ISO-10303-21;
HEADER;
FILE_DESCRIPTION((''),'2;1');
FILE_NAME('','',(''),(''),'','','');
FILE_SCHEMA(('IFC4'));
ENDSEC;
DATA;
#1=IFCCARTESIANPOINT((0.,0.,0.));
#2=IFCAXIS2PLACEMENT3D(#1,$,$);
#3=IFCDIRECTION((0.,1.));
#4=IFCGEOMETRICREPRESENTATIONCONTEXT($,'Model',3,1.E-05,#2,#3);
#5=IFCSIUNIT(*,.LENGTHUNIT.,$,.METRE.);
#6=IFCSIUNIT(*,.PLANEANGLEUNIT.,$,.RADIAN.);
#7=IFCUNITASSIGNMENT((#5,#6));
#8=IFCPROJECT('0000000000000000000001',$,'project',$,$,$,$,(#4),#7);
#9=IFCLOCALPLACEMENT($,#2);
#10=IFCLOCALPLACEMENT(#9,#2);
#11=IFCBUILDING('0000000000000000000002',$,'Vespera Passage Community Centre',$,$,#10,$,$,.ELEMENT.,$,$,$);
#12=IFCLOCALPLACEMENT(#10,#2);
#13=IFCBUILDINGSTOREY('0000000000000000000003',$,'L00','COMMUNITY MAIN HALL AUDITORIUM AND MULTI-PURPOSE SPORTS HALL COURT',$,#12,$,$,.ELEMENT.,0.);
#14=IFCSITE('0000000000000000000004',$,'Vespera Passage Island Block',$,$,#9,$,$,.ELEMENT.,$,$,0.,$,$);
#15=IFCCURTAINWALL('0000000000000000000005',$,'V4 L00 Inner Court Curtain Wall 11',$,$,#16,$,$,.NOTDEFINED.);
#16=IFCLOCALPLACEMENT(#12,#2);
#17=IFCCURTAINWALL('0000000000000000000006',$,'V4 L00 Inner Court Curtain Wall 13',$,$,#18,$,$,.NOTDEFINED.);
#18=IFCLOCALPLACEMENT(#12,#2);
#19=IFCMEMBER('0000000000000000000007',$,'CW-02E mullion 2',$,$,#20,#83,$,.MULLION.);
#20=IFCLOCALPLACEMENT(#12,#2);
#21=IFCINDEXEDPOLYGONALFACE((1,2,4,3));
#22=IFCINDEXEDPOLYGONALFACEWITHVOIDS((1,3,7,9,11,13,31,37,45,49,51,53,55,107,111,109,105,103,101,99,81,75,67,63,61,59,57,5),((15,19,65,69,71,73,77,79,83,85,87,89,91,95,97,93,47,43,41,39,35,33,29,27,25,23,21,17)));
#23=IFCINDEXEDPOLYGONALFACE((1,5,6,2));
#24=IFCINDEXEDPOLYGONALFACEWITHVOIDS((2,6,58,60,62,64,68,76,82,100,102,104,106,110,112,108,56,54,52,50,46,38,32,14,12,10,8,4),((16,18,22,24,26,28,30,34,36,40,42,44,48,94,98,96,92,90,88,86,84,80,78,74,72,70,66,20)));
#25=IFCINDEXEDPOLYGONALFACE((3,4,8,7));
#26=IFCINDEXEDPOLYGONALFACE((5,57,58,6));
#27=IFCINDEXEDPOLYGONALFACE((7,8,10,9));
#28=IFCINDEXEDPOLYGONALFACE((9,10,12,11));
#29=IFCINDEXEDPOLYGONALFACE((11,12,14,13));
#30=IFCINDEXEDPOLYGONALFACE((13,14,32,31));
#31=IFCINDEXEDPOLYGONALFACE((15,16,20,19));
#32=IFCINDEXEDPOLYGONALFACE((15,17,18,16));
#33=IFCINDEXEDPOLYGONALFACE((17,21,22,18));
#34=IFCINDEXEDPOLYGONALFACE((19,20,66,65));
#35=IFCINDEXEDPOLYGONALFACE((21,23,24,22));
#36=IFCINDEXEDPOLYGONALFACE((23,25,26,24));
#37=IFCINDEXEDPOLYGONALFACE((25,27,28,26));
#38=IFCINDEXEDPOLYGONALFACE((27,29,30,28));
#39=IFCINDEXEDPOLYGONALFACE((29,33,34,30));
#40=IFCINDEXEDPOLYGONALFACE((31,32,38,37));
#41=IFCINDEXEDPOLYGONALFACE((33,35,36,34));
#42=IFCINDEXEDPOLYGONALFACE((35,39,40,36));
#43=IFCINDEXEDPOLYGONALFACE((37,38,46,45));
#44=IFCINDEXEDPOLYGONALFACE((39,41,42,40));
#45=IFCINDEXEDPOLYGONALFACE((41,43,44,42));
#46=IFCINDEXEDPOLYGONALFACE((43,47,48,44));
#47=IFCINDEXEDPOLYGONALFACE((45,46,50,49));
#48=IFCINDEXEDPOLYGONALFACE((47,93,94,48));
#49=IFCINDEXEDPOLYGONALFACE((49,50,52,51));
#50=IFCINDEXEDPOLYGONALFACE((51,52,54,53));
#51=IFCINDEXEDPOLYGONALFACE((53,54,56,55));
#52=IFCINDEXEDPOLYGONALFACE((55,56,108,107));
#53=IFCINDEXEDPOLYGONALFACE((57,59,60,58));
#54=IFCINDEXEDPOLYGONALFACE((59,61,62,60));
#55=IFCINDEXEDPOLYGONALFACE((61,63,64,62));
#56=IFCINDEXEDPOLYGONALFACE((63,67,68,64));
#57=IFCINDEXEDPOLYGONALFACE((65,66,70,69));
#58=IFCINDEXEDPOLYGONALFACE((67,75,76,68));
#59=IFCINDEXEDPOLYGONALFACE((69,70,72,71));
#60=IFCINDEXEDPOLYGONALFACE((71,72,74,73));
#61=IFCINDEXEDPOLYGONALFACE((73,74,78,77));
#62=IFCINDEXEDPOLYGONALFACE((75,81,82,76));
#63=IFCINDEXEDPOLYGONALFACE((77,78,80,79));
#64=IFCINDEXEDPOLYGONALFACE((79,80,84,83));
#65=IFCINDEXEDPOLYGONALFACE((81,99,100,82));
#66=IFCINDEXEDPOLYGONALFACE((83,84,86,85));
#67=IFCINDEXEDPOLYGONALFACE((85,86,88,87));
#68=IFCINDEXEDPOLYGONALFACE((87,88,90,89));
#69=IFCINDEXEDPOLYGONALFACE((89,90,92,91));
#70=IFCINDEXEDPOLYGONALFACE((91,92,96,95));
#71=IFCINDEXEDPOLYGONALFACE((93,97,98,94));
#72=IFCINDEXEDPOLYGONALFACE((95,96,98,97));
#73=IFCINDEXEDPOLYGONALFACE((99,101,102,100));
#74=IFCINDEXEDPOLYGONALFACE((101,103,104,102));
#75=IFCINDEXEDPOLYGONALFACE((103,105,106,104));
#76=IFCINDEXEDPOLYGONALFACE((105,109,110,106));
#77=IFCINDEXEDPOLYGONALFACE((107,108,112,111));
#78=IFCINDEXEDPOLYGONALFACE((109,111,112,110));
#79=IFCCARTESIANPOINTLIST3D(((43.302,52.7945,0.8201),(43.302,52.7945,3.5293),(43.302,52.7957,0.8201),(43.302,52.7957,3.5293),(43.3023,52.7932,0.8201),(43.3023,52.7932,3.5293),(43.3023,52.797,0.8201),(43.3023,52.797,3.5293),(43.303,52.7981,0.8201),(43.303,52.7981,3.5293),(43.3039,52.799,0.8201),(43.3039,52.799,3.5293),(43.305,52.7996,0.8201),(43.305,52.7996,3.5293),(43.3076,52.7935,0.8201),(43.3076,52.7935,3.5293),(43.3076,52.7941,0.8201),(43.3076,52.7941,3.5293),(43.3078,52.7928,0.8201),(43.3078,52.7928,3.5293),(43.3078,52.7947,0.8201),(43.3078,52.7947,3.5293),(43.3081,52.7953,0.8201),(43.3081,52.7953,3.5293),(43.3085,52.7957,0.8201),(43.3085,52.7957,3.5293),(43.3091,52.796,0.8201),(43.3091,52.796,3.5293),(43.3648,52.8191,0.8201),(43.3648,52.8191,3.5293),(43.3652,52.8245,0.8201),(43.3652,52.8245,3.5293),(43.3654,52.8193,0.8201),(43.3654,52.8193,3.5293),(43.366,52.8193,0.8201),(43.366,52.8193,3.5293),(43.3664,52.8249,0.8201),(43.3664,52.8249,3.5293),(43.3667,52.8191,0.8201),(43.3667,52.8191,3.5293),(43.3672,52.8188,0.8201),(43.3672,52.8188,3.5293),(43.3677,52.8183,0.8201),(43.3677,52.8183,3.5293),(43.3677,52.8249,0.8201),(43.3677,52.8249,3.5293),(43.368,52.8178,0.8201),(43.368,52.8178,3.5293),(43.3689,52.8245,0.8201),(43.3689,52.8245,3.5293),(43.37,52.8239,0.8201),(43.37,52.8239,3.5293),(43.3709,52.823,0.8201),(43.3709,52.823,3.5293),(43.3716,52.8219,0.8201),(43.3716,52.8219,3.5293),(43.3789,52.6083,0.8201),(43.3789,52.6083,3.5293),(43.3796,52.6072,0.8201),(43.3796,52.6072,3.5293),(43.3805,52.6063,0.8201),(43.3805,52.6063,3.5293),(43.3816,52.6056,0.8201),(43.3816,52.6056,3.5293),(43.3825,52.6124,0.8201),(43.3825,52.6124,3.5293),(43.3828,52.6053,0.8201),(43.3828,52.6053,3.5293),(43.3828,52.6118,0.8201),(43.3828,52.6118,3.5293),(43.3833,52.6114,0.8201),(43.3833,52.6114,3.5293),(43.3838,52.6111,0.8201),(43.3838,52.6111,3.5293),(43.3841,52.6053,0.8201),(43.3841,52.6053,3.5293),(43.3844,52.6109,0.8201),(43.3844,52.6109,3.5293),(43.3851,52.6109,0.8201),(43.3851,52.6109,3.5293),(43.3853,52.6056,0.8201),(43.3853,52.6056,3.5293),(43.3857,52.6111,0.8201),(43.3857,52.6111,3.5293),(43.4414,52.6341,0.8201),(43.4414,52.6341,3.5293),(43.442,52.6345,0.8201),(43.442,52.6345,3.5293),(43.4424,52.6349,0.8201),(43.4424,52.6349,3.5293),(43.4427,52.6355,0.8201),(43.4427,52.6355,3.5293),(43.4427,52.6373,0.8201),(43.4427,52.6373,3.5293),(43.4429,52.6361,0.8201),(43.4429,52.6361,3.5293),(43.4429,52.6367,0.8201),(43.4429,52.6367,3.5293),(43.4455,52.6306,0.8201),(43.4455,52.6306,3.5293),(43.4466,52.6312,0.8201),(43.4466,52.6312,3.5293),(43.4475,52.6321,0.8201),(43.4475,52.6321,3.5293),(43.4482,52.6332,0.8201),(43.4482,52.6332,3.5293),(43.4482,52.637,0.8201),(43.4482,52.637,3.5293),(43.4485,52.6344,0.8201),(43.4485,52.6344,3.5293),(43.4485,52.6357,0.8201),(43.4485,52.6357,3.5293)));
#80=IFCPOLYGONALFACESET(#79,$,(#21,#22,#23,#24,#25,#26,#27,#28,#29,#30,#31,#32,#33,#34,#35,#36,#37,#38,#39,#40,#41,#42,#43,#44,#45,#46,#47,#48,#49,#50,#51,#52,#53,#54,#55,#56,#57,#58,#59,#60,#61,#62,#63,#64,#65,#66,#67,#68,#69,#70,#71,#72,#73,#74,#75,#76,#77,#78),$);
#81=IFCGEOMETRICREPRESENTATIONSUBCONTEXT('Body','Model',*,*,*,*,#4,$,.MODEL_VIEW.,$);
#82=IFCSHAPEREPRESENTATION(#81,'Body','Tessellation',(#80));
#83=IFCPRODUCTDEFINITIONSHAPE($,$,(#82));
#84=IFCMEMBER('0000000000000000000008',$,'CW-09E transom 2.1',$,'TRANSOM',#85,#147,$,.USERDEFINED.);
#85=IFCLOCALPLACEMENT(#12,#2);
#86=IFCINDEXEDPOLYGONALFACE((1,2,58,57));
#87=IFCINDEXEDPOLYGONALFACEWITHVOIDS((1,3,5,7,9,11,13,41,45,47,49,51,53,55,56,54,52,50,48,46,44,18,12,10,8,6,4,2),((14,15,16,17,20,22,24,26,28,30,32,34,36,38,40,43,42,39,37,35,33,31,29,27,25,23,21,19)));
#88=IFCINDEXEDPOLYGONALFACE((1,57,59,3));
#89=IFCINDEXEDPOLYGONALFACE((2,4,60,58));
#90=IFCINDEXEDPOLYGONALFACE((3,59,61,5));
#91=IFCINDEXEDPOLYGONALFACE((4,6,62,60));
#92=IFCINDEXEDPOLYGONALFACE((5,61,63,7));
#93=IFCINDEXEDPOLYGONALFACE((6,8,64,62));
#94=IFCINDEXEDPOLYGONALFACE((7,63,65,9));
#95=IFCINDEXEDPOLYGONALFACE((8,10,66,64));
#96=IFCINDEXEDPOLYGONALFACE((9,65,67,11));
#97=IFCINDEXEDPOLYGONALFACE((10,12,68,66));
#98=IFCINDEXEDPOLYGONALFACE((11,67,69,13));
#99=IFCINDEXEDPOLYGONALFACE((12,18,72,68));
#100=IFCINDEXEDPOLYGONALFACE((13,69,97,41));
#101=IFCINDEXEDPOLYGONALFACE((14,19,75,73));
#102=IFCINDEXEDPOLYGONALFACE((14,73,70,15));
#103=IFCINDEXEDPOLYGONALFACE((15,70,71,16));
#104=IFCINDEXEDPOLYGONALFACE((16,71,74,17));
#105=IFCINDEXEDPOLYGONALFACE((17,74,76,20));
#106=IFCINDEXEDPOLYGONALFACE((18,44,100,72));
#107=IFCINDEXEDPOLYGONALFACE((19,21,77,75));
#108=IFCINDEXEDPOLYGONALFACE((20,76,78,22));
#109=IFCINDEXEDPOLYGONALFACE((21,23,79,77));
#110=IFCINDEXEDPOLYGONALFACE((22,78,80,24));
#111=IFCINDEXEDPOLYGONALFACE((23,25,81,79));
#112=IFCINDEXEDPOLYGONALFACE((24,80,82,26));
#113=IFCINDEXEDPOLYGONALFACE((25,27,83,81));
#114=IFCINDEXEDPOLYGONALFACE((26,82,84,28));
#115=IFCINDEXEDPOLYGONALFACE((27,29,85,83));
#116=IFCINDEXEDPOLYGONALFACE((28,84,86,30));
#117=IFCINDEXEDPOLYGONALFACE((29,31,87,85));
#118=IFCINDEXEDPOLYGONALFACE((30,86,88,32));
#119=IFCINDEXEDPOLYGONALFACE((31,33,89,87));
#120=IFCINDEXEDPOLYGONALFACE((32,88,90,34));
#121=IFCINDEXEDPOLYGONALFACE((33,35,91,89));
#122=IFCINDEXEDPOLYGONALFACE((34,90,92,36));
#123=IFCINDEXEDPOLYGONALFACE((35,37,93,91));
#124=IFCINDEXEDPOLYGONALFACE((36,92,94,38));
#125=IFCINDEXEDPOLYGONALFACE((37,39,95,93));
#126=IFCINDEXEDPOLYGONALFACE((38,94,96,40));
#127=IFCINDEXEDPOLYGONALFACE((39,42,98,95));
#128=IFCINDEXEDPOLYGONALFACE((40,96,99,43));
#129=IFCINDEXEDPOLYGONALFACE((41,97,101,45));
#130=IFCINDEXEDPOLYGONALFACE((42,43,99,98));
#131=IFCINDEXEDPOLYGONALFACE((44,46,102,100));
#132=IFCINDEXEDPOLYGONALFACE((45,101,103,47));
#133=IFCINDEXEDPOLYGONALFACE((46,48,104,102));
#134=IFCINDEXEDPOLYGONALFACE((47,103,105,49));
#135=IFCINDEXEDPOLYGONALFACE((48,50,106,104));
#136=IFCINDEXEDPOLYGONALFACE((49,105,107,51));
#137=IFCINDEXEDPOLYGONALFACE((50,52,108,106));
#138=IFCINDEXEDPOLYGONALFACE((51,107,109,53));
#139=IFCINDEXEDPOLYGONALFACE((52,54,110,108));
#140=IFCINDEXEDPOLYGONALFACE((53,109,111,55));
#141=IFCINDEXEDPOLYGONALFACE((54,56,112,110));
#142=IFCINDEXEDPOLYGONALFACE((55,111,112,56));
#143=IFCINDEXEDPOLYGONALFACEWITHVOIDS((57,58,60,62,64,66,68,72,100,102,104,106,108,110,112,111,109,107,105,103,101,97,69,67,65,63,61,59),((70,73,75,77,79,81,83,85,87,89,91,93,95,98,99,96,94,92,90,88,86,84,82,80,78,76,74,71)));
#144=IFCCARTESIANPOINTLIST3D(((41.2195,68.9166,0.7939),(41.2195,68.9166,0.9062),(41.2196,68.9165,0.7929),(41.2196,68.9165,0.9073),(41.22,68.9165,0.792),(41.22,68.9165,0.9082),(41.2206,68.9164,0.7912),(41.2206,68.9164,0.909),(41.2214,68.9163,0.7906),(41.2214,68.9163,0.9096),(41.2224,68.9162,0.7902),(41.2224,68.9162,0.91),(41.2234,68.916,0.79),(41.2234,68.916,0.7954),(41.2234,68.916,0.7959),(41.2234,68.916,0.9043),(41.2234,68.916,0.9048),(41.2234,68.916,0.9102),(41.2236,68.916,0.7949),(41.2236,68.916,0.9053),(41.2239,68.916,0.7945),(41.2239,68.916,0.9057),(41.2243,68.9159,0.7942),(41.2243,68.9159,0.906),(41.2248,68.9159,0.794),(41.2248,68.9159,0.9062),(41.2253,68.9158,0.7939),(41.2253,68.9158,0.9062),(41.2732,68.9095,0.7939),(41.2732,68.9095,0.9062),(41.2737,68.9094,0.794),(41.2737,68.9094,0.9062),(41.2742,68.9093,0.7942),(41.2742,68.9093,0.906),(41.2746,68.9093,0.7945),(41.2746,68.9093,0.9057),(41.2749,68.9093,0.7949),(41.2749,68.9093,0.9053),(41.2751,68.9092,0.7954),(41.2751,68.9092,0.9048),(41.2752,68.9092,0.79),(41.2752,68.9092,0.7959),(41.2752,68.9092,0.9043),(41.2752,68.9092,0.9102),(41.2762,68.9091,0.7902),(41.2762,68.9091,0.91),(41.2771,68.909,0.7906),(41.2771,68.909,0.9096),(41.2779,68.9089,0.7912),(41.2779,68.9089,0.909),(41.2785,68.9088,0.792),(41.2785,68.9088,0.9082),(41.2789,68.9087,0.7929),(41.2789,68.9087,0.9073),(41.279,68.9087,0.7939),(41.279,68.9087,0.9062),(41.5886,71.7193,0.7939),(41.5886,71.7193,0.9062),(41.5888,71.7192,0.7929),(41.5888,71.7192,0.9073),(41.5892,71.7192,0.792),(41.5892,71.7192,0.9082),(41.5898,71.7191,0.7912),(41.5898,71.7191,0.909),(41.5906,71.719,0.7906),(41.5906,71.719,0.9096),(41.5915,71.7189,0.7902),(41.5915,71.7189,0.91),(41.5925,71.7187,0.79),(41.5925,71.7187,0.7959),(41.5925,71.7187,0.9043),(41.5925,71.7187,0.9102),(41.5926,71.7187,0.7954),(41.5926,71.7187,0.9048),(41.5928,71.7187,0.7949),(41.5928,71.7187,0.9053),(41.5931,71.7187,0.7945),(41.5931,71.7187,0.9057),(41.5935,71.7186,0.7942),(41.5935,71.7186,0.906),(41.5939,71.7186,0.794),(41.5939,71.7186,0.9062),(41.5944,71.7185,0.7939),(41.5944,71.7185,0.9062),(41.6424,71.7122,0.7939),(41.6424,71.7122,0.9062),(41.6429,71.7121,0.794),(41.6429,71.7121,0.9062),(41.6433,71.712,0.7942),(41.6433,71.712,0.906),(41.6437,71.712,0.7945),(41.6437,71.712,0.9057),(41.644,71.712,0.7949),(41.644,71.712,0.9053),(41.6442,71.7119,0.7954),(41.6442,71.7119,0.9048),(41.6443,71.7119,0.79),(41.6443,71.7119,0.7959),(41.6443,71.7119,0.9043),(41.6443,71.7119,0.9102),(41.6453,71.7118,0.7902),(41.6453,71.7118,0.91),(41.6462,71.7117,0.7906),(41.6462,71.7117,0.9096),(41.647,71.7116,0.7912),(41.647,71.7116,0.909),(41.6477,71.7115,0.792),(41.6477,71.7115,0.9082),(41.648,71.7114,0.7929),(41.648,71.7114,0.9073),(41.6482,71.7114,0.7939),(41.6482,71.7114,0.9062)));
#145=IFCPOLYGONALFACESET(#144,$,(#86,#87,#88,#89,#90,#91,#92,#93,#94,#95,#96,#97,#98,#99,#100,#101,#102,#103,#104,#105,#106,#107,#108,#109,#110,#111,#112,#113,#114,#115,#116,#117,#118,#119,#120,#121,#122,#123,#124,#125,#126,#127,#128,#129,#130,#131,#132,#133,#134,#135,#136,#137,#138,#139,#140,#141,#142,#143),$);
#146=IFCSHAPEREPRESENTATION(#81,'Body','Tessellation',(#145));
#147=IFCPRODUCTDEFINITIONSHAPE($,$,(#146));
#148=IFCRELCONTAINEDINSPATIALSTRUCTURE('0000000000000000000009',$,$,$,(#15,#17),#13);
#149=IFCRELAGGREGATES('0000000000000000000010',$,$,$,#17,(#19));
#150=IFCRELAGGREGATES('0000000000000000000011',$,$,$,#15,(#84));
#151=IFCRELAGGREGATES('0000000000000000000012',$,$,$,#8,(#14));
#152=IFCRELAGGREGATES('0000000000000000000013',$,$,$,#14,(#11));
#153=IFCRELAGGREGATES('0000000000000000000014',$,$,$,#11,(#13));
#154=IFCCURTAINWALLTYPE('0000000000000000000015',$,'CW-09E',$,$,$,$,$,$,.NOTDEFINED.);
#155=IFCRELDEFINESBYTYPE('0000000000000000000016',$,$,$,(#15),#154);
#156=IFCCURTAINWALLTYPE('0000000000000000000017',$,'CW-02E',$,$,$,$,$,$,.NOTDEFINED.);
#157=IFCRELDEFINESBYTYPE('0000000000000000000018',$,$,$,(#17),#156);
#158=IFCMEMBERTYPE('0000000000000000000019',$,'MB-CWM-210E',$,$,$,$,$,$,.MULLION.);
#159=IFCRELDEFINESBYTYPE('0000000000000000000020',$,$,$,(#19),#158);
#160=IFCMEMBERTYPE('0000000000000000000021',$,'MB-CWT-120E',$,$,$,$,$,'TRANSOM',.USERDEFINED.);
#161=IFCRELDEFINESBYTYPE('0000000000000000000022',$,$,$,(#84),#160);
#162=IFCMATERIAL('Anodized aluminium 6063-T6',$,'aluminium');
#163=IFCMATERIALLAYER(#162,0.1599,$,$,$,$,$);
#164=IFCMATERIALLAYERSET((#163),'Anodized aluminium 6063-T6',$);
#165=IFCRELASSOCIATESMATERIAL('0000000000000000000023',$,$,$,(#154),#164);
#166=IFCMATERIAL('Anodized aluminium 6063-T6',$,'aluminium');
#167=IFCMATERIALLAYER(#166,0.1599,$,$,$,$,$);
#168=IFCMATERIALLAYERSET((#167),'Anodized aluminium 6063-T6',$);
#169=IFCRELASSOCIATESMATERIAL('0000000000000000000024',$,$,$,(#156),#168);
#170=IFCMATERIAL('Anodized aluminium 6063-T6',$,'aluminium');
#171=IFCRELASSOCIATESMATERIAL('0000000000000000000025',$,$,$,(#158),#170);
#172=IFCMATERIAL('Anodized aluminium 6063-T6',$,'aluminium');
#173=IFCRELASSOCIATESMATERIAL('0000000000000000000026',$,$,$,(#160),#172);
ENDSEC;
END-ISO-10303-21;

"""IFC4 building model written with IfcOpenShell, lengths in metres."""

from ifc_helpers import new_model, si_unit, direction, frame, origin, origin_2d, place, context, subcontext, project, spatial, hollow_rectangle, extrude, material, layer, layer_set, material_profile, profile_set, type_object, element, aggregate, save


model = new_model("IFC4")

# Units and contexts
model_context = context("Model", 3, precision=1e-05, world=origin(), true_north=direction((0.0, 1.0)))
body_context = subcontext(model_context, "Body", "Model", "MODEL_VIEW")
ifc_project = project(units=[si_unit("LENGTHUNIT", "METRE"), si_unit("PLANEANGLEUNIT", "RADIAN")], contexts=[model_context])

# Site, building, storey
site_placement = place(None, origin())
site = spatial("IfcSite", under=ifc_project, at=site_placement, Name="Vespera Passage Island Block", CompositionType="ELEMENT", RefElevation=0.0)
building_placement = place(site_placement, origin())
building = spatial("IfcBuilding", under=site, at=building_placement, Name="Vespera Passage Community Centre", CompositionType="ELEMENT")
storey_placement = place(building_placement, origin())
storey = spatial("IfcBuildingStorey", under=building, at=storey_placement, Name="L00", Description="COMMUNITY MAIN HALL AUDITORIUM AND MULTI-PURPOSE SPORTS HALL COURT", CompositionType="ELEMENT", Elevation=0.0)

# Curtain walls, member
ifc_material_1 = material(Name="Anodized aluminium 6063-T6", Category="aluminium")
ifc_layer_1 = layer(ifc_material_1, 0.1599)
ifc_layer_set_1 = layer_set([ifc_layer_1], Name="Anodized aluminium 6063-T6")
curtain_wall_type_1 = type_object("IfcCurtainWallType", Name="CW-09E", PredefinedType="NOTDEFINED", material=ifc_layer_set_1)
curtain_wall_1_placement = place(storey_placement, origin())
curtain_wall_1 = element("IfcCurtainWall", 1, at=curtain_wall_1_placement, inside=storey, type_object=curtain_wall_type_1, Name="V4 L00 Inner Court Curtain Wall 11", PredefinedType="NOTDEFINED")
ifc_material_2 = material(Name="Anodized aluminium 6063-T6", Category="aluminium")
ifc_layer_2 = layer(ifc_material_2, 0.1599)
ifc_layer_set_2 = layer_set([ifc_layer_2], Name="Anodized aluminium 6063-T6")
curtain_wall_type_2 = type_object("IfcCurtainWallType", Name="CW-02E", PredefinedType="NOTDEFINED", material=ifc_layer_set_2)
curtain_wall_2_placement = place(storey_placement, origin())
curtain_wall_2 = element("IfcCurtainWall", 2, at=curtain_wall_2_placement, inside=storey, type_object=curtain_wall_type_2, Name="V4 L00 Inner Court Curtain Wall 13", PredefinedType="NOTDEFINED")
ifc_material_3 = material(Name="Anodized aluminium 6063-T6", Category="aluminium")
ifc_material_profile_1 = material_profile(ifc_material_3, hollow_rectangle(XDim=0.075, YDim=0.21, WallThickness=0.0049, InnerFilletRadius=0.0024, OuterFilletRadius=0.0049, at=origin_2d()), Name="ALU210X75X5")
ifc_profile_set_1 = profile_set([ifc_material_profile_1], Name="Anodized aluminium 6063-T6")
member_type_1 = type_object("IfcMemberType", Name="MB-CWM-210E", PredefinedType="MULLION", material=ifc_profile_set_1)
member_1_placement = place(storey_placement, frame((43.3752, 52.7151, 0.8201), z_axis=(0.0, 0.0, 1.0), x_axis=(0.923877, 0.38269, 0.0)))
member_1 = element("IfcMember", 3, at=member_1_placement, type_object=member_type_1, Name="CW-02E mullion 2", PredefinedType="MULLION", context=body_context, shape_type="SweptSolid", body=[
    extrude(hollow_rectangle(XDim=0.075, YDim=0.21, WallThickness=0.0049, InnerFilletRadius=0.0024, OuterFilletRadius=0.0049, at=origin_2d()), origin(), (0.0, 0.0, 1.0), 2.7092),
])

# Member
ifc_material_4 = material(Name="Anodized aluminium 6063-T6", Category="aluminium")
ifc_material_profile_2 = material_profile(ifc_material_4, hollow_rectangle(XDim=0.0601, YDim=0.1201, WallThickness=0.0039, InnerFilletRadius=0.002, OuterFilletRadius=0.0039, at=origin_2d()), Name="ALU120X60X4")
ifc_profile_set_2 = profile_set([ifc_material_profile_2], Name="Anodized aluminium 6063-T6")
member_type_2 = type_object("IfcMemberType", Name="MB-CWT-120E", ElementType="TRANSOM", PredefinedType="USERDEFINED", material=ifc_profile_set_2)
member_2_placement = place(storey_placement, frame((41.6184, 71.7153, 0.8501), z_axis=(-0.13058, -0.991438, 0.0), x_axis=(0.991438, -0.13058, 0.0)))
member_2 = element("IfcMember", 4, at=member_2_placement, type_object=member_type_2, Name="CW-09E transom 2.1", ObjectType="TRANSOM", PredefinedType="USERDEFINED", context=body_context, shape_type="SweptSolid", body=[
    extrude(hollow_rectangle(XDim=0.0601, YDim=0.1201, WallThickness=0.0039, InnerFilletRadius=0.002, OuterFilletRadius=0.0039, at=origin_2d()), origin(), (0.0, 0.0, 1.0), 2.8269),
])

aggregate(curtain_wall_2, [member_1])
aggregate(curtain_wall_1, [member_2])

save(model, "model.ifc")
